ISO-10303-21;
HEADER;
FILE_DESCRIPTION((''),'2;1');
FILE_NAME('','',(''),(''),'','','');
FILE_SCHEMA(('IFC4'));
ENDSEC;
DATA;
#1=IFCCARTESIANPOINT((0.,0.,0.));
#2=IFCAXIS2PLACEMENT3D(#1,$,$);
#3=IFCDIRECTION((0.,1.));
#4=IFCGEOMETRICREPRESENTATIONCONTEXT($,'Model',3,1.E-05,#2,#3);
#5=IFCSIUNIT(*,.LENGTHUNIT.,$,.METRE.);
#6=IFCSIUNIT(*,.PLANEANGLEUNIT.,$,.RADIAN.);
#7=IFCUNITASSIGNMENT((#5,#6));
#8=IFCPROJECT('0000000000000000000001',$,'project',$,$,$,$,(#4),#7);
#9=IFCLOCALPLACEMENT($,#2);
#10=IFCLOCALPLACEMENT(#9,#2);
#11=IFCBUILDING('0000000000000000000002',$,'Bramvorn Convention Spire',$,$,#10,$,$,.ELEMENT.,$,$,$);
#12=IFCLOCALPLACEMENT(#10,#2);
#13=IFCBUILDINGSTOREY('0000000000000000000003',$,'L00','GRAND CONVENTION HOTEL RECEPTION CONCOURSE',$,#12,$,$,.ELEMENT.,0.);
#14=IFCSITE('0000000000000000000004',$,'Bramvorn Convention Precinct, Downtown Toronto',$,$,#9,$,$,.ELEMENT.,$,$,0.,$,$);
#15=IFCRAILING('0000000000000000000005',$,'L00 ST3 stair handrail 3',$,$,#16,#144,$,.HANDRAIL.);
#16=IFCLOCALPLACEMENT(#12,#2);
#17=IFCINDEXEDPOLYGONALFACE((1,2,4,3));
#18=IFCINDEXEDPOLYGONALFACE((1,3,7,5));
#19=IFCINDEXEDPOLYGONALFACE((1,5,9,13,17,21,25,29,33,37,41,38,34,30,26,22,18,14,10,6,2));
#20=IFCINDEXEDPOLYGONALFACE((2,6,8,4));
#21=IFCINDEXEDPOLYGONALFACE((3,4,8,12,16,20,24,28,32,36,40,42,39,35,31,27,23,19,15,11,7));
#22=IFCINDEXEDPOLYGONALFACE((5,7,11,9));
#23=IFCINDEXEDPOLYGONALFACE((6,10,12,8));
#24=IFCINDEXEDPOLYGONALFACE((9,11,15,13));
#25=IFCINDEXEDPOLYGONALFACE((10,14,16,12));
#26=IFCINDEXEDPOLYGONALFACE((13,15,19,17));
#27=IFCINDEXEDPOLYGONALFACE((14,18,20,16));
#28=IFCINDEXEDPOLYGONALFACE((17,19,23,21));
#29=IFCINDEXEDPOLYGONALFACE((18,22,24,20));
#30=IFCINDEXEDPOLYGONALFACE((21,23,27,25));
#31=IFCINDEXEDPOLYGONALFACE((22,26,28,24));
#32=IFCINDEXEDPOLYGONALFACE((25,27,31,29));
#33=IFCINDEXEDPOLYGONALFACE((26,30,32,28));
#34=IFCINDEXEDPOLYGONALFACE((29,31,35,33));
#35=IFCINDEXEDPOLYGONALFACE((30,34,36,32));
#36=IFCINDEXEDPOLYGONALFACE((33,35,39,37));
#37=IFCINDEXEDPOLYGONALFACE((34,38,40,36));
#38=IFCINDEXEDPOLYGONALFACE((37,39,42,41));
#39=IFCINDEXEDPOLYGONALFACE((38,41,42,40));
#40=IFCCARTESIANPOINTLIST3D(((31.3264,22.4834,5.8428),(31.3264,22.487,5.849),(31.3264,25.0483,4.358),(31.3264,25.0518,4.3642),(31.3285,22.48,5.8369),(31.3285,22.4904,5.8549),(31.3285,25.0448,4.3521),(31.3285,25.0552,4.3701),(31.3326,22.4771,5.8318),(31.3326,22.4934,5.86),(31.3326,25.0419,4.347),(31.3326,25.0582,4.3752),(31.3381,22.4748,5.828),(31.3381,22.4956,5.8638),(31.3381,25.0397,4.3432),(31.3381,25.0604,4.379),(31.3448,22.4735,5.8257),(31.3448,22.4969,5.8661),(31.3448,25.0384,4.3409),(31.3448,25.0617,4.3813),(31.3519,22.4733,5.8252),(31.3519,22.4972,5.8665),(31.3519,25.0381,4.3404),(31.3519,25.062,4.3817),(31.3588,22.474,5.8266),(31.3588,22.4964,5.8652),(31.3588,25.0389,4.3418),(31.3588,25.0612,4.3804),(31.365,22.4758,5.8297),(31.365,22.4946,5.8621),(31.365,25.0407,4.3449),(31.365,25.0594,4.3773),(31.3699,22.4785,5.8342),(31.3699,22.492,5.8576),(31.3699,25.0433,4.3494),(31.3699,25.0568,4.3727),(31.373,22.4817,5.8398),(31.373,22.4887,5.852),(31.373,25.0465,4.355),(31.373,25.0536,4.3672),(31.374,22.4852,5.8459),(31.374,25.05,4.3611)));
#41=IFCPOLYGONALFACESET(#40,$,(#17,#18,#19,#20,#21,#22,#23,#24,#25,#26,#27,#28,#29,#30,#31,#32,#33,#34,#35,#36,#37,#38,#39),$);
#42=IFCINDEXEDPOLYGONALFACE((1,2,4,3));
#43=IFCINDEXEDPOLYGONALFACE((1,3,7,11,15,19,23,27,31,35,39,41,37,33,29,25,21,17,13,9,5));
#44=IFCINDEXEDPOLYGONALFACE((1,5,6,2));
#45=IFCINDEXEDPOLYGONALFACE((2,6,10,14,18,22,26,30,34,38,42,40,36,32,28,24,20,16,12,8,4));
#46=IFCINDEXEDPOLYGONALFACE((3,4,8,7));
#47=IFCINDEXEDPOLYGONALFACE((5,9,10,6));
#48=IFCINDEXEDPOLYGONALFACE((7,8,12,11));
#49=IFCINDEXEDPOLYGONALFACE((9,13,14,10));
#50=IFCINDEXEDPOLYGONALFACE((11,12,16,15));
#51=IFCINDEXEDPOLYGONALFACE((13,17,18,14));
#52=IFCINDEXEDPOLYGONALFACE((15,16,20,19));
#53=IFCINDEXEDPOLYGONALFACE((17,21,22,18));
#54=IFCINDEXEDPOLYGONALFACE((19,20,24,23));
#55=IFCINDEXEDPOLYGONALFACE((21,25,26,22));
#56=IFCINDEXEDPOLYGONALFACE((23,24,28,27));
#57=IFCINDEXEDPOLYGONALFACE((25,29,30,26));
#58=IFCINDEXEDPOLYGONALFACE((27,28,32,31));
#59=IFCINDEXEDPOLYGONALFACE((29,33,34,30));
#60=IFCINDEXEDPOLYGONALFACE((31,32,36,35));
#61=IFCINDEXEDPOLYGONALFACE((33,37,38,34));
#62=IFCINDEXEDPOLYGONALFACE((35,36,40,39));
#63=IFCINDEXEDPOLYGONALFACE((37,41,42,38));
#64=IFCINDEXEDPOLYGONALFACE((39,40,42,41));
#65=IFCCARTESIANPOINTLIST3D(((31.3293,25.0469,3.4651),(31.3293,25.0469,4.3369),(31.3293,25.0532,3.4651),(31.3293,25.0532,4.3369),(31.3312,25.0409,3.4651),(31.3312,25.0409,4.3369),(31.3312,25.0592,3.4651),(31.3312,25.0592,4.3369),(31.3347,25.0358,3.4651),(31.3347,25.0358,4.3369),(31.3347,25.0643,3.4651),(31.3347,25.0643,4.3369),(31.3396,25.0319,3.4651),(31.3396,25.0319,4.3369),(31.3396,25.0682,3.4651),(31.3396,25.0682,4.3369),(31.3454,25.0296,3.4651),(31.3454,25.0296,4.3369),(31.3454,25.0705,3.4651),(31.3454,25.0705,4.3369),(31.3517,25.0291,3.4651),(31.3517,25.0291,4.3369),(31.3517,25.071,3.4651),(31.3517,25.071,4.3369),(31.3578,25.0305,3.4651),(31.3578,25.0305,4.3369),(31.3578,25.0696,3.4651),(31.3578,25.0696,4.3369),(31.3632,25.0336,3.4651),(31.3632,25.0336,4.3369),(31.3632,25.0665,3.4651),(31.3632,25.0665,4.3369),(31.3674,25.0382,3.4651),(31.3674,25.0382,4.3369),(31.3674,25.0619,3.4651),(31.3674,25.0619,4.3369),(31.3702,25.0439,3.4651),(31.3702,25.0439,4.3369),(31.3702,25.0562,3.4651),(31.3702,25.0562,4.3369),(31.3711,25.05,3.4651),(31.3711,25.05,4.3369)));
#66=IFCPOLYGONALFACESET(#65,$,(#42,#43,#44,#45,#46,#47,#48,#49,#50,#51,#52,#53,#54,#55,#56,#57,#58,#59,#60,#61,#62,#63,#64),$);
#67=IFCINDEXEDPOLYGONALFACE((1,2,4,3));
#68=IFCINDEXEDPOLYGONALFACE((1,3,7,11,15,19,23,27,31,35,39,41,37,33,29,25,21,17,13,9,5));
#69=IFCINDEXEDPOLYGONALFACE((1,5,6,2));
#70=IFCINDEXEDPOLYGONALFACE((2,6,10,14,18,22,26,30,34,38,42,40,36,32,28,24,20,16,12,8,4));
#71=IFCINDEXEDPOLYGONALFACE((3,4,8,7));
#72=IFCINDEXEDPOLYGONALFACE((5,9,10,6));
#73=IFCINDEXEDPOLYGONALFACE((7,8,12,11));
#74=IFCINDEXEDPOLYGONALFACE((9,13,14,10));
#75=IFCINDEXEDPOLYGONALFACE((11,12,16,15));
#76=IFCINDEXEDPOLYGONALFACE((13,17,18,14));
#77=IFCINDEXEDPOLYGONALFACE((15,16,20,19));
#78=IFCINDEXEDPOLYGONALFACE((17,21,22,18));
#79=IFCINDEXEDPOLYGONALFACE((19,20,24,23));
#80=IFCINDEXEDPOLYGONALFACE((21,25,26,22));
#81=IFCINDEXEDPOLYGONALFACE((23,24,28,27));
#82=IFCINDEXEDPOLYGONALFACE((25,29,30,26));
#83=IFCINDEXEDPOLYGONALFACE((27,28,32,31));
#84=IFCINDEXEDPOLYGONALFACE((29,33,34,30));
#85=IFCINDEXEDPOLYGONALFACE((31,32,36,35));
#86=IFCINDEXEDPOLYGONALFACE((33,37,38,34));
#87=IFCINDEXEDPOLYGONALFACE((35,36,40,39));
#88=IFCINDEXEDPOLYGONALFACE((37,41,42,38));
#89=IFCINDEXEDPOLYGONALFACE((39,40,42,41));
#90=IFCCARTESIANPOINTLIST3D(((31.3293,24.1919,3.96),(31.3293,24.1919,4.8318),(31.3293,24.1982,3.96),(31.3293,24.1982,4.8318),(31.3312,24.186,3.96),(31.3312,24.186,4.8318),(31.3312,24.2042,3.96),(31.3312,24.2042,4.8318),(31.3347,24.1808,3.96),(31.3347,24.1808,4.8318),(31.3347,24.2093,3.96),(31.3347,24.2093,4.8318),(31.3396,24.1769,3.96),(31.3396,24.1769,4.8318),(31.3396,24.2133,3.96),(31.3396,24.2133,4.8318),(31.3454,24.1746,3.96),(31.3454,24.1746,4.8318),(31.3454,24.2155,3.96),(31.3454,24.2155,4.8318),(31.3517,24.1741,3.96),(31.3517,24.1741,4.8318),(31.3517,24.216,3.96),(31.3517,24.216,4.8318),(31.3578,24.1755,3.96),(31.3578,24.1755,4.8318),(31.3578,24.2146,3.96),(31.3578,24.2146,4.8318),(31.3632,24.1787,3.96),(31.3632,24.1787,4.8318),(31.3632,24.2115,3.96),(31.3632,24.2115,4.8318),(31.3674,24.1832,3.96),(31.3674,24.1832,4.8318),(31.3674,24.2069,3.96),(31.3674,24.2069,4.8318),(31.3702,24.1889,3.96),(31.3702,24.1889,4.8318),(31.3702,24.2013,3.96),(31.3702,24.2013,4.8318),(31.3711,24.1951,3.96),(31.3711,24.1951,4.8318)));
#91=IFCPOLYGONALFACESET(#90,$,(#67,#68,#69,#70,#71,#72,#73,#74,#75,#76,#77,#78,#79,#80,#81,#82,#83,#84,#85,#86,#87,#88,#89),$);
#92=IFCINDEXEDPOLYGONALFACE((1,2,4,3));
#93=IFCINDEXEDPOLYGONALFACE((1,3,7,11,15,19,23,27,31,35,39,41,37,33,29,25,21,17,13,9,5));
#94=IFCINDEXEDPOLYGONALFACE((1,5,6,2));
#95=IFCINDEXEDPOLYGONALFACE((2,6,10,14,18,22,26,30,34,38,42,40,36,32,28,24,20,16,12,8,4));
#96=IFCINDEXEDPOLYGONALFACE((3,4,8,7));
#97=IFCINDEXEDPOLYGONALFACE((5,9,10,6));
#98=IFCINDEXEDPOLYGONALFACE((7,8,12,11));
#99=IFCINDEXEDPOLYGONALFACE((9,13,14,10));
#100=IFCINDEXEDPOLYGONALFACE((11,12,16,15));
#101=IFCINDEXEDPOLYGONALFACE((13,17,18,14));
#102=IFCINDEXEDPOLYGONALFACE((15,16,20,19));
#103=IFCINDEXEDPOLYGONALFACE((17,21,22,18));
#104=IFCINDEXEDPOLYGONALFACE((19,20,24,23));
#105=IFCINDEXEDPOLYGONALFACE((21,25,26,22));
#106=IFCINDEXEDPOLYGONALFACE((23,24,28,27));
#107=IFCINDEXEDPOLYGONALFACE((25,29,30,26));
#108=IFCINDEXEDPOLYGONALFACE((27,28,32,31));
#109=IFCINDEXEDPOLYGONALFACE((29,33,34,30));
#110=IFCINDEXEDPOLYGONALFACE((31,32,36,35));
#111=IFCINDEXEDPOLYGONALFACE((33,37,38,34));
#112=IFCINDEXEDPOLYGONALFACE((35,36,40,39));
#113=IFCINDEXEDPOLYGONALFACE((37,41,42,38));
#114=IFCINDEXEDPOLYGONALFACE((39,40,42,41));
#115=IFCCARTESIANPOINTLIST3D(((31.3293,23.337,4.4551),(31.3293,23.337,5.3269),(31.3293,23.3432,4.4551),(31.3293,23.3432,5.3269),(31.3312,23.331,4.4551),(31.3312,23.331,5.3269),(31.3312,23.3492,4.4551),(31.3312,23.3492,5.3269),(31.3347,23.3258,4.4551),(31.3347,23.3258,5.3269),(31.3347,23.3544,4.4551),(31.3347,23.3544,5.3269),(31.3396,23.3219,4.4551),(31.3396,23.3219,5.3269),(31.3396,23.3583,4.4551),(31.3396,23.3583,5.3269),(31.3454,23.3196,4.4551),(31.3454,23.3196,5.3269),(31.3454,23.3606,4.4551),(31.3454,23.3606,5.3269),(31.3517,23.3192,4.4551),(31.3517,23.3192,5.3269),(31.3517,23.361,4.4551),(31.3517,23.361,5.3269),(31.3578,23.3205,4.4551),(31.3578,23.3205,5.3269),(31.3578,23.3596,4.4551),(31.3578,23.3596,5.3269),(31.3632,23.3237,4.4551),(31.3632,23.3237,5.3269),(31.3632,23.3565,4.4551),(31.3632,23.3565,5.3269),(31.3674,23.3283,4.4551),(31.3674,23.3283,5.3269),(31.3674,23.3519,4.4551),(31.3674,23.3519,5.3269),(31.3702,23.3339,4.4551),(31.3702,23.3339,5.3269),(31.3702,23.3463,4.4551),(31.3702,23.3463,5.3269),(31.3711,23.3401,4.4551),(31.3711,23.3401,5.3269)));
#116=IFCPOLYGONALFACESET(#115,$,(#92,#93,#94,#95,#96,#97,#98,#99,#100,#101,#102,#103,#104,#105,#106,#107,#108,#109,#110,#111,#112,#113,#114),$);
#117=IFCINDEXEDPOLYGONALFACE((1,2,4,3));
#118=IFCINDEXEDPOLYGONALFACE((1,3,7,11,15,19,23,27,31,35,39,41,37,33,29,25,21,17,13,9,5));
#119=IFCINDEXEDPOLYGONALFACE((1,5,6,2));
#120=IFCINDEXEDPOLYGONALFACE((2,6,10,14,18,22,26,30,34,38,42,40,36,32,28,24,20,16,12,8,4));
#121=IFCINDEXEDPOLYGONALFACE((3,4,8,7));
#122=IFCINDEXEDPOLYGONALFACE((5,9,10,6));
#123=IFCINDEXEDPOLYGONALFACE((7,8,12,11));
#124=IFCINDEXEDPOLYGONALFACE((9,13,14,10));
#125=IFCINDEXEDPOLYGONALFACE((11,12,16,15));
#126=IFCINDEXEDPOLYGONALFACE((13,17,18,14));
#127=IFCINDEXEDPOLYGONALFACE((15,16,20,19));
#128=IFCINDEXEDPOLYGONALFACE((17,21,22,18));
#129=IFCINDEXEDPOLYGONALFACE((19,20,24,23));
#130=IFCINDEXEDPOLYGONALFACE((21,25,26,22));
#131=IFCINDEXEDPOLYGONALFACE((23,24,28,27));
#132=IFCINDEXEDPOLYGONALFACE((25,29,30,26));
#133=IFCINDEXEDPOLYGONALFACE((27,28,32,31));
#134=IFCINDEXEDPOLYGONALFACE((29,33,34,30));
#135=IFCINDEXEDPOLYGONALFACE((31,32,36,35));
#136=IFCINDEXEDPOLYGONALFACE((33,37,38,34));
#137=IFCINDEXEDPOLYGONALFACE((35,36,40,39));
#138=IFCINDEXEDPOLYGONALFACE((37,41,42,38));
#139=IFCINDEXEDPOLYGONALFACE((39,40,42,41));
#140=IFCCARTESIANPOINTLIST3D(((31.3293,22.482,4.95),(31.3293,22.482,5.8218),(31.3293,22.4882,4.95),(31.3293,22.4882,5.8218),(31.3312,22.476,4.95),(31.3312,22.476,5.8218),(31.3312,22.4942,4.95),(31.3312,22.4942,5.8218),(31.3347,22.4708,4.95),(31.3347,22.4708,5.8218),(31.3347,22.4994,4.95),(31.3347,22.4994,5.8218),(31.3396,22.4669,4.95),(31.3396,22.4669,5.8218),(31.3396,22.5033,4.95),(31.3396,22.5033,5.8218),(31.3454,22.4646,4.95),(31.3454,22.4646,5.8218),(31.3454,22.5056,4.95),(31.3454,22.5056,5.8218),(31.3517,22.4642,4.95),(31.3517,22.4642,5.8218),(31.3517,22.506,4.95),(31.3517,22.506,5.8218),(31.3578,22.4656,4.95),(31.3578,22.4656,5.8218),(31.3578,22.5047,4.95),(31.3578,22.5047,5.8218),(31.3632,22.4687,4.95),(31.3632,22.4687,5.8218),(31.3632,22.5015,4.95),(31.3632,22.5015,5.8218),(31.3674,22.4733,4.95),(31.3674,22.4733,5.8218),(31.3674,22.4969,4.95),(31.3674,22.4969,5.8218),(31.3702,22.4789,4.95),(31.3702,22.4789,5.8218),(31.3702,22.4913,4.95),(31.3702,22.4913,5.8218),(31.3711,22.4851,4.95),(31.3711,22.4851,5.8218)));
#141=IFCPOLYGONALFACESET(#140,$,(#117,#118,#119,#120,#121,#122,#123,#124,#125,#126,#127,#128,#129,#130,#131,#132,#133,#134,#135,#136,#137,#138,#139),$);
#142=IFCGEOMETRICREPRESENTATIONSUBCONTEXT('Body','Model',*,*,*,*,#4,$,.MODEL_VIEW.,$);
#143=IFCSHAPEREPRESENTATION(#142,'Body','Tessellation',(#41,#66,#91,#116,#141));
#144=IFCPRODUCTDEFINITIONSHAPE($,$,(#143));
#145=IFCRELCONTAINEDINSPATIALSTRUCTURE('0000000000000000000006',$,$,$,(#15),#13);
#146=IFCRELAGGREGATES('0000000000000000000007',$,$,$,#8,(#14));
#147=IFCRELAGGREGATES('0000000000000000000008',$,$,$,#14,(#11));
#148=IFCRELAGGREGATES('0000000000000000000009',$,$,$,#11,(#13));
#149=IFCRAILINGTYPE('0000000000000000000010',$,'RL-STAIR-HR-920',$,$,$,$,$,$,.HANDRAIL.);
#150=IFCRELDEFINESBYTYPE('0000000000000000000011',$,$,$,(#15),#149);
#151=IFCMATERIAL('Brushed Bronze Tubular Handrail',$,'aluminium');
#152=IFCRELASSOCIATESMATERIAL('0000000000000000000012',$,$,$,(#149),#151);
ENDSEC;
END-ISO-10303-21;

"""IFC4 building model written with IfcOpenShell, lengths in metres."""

from ifc_helpers import new_model, si_unit, direction, frame, origin, origin_2d, place, context, subcontext, project, spatial, circle, extrude, material, type_object, element, save


model = new_model("IFC4")

# Units and contexts
model_context = context("Model", 3, precision=1e-05, world=origin(), true_north=direction((0.0, 1.0)))
body_context = subcontext(model_context, "Body", "Model", "MODEL_VIEW")
ifc_project = project(units=[si_unit("LENGTHUNIT", "METRE"), si_unit("PLANEANGLEUNIT", "RADIAN")], contexts=[model_context])

# Site, building, storey
site_placement = place(None, origin())
site = spatial("IfcSite", under=ifc_project, at=site_placement, Name="Bramvorn Convention Precinct, Downtown Toronto", CompositionType="ELEMENT", RefElevation=0.0)
building_placement = place(site_placement, origin())
building = spatial("IfcBuilding", under=site, at=building_placement, Name="Bramvorn Convention Spire", CompositionType="ELEMENT")
storey_placement = place(building_placement, origin())
storey = spatial("IfcBuildingStorey", under=building, at=storey_placement, Name="L00", Description="GRAND CONVENTION HOTEL RECEPTION CONCOURSE", CompositionType="ELEMENT", Elevation=0.0)

# Railing
ifc_material_1 = material(Name="Brushed Bronze Tubular Handrail", Category="aluminium")
railing_type_1 = type_object("IfcRailingType", Name="RL-STAIR-HR-920", PredefinedType="HANDRAIL", material=ifc_material_1)
railing_1_placement = place(storey_placement, frame((31.3501, 25.05, 3.4651)))
element("IfcRailing", 1, at=railing_1_placement, inside=storey, type_object=railing_type_1, Name="L00 ST3 stair handrail 3", PredefinedType="HANDRAIL", context=body_context, shape_type="SweptSolid", body=[
    extrude(circle(Radius=0.0239, at=origin_2d()), frame((0.0, 0.0, 0.896), z_axis=(0.0, -0.865441, 0.50101), x_axis=(1.0, 0.0, 0.0)), (0.0, 0.0, 1.0), 2.9636),
    extrude(circle(Radius=0.021, at=origin_2d()), origin(), (0.0, 0.0, 1.0), 0.8718),
    extrude(circle(Radius=0.021, at=origin_2d()), frame((0.0, -0.855, 0.4949)), (0.0, 0.0, 1.0), 0.8718),
    extrude(circle(Radius=0.021, at=origin_2d()), frame((0.0, -1.71, 0.99)), (0.0, 0.0, 1.0), 0.8718),
    extrude(circle(Radius=0.021, at=origin_2d()), frame((0.0, -2.5649, 1.4849)), (0.0, 0.0, 1.0), 0.8718),
])

save(model, "model.ifc")
